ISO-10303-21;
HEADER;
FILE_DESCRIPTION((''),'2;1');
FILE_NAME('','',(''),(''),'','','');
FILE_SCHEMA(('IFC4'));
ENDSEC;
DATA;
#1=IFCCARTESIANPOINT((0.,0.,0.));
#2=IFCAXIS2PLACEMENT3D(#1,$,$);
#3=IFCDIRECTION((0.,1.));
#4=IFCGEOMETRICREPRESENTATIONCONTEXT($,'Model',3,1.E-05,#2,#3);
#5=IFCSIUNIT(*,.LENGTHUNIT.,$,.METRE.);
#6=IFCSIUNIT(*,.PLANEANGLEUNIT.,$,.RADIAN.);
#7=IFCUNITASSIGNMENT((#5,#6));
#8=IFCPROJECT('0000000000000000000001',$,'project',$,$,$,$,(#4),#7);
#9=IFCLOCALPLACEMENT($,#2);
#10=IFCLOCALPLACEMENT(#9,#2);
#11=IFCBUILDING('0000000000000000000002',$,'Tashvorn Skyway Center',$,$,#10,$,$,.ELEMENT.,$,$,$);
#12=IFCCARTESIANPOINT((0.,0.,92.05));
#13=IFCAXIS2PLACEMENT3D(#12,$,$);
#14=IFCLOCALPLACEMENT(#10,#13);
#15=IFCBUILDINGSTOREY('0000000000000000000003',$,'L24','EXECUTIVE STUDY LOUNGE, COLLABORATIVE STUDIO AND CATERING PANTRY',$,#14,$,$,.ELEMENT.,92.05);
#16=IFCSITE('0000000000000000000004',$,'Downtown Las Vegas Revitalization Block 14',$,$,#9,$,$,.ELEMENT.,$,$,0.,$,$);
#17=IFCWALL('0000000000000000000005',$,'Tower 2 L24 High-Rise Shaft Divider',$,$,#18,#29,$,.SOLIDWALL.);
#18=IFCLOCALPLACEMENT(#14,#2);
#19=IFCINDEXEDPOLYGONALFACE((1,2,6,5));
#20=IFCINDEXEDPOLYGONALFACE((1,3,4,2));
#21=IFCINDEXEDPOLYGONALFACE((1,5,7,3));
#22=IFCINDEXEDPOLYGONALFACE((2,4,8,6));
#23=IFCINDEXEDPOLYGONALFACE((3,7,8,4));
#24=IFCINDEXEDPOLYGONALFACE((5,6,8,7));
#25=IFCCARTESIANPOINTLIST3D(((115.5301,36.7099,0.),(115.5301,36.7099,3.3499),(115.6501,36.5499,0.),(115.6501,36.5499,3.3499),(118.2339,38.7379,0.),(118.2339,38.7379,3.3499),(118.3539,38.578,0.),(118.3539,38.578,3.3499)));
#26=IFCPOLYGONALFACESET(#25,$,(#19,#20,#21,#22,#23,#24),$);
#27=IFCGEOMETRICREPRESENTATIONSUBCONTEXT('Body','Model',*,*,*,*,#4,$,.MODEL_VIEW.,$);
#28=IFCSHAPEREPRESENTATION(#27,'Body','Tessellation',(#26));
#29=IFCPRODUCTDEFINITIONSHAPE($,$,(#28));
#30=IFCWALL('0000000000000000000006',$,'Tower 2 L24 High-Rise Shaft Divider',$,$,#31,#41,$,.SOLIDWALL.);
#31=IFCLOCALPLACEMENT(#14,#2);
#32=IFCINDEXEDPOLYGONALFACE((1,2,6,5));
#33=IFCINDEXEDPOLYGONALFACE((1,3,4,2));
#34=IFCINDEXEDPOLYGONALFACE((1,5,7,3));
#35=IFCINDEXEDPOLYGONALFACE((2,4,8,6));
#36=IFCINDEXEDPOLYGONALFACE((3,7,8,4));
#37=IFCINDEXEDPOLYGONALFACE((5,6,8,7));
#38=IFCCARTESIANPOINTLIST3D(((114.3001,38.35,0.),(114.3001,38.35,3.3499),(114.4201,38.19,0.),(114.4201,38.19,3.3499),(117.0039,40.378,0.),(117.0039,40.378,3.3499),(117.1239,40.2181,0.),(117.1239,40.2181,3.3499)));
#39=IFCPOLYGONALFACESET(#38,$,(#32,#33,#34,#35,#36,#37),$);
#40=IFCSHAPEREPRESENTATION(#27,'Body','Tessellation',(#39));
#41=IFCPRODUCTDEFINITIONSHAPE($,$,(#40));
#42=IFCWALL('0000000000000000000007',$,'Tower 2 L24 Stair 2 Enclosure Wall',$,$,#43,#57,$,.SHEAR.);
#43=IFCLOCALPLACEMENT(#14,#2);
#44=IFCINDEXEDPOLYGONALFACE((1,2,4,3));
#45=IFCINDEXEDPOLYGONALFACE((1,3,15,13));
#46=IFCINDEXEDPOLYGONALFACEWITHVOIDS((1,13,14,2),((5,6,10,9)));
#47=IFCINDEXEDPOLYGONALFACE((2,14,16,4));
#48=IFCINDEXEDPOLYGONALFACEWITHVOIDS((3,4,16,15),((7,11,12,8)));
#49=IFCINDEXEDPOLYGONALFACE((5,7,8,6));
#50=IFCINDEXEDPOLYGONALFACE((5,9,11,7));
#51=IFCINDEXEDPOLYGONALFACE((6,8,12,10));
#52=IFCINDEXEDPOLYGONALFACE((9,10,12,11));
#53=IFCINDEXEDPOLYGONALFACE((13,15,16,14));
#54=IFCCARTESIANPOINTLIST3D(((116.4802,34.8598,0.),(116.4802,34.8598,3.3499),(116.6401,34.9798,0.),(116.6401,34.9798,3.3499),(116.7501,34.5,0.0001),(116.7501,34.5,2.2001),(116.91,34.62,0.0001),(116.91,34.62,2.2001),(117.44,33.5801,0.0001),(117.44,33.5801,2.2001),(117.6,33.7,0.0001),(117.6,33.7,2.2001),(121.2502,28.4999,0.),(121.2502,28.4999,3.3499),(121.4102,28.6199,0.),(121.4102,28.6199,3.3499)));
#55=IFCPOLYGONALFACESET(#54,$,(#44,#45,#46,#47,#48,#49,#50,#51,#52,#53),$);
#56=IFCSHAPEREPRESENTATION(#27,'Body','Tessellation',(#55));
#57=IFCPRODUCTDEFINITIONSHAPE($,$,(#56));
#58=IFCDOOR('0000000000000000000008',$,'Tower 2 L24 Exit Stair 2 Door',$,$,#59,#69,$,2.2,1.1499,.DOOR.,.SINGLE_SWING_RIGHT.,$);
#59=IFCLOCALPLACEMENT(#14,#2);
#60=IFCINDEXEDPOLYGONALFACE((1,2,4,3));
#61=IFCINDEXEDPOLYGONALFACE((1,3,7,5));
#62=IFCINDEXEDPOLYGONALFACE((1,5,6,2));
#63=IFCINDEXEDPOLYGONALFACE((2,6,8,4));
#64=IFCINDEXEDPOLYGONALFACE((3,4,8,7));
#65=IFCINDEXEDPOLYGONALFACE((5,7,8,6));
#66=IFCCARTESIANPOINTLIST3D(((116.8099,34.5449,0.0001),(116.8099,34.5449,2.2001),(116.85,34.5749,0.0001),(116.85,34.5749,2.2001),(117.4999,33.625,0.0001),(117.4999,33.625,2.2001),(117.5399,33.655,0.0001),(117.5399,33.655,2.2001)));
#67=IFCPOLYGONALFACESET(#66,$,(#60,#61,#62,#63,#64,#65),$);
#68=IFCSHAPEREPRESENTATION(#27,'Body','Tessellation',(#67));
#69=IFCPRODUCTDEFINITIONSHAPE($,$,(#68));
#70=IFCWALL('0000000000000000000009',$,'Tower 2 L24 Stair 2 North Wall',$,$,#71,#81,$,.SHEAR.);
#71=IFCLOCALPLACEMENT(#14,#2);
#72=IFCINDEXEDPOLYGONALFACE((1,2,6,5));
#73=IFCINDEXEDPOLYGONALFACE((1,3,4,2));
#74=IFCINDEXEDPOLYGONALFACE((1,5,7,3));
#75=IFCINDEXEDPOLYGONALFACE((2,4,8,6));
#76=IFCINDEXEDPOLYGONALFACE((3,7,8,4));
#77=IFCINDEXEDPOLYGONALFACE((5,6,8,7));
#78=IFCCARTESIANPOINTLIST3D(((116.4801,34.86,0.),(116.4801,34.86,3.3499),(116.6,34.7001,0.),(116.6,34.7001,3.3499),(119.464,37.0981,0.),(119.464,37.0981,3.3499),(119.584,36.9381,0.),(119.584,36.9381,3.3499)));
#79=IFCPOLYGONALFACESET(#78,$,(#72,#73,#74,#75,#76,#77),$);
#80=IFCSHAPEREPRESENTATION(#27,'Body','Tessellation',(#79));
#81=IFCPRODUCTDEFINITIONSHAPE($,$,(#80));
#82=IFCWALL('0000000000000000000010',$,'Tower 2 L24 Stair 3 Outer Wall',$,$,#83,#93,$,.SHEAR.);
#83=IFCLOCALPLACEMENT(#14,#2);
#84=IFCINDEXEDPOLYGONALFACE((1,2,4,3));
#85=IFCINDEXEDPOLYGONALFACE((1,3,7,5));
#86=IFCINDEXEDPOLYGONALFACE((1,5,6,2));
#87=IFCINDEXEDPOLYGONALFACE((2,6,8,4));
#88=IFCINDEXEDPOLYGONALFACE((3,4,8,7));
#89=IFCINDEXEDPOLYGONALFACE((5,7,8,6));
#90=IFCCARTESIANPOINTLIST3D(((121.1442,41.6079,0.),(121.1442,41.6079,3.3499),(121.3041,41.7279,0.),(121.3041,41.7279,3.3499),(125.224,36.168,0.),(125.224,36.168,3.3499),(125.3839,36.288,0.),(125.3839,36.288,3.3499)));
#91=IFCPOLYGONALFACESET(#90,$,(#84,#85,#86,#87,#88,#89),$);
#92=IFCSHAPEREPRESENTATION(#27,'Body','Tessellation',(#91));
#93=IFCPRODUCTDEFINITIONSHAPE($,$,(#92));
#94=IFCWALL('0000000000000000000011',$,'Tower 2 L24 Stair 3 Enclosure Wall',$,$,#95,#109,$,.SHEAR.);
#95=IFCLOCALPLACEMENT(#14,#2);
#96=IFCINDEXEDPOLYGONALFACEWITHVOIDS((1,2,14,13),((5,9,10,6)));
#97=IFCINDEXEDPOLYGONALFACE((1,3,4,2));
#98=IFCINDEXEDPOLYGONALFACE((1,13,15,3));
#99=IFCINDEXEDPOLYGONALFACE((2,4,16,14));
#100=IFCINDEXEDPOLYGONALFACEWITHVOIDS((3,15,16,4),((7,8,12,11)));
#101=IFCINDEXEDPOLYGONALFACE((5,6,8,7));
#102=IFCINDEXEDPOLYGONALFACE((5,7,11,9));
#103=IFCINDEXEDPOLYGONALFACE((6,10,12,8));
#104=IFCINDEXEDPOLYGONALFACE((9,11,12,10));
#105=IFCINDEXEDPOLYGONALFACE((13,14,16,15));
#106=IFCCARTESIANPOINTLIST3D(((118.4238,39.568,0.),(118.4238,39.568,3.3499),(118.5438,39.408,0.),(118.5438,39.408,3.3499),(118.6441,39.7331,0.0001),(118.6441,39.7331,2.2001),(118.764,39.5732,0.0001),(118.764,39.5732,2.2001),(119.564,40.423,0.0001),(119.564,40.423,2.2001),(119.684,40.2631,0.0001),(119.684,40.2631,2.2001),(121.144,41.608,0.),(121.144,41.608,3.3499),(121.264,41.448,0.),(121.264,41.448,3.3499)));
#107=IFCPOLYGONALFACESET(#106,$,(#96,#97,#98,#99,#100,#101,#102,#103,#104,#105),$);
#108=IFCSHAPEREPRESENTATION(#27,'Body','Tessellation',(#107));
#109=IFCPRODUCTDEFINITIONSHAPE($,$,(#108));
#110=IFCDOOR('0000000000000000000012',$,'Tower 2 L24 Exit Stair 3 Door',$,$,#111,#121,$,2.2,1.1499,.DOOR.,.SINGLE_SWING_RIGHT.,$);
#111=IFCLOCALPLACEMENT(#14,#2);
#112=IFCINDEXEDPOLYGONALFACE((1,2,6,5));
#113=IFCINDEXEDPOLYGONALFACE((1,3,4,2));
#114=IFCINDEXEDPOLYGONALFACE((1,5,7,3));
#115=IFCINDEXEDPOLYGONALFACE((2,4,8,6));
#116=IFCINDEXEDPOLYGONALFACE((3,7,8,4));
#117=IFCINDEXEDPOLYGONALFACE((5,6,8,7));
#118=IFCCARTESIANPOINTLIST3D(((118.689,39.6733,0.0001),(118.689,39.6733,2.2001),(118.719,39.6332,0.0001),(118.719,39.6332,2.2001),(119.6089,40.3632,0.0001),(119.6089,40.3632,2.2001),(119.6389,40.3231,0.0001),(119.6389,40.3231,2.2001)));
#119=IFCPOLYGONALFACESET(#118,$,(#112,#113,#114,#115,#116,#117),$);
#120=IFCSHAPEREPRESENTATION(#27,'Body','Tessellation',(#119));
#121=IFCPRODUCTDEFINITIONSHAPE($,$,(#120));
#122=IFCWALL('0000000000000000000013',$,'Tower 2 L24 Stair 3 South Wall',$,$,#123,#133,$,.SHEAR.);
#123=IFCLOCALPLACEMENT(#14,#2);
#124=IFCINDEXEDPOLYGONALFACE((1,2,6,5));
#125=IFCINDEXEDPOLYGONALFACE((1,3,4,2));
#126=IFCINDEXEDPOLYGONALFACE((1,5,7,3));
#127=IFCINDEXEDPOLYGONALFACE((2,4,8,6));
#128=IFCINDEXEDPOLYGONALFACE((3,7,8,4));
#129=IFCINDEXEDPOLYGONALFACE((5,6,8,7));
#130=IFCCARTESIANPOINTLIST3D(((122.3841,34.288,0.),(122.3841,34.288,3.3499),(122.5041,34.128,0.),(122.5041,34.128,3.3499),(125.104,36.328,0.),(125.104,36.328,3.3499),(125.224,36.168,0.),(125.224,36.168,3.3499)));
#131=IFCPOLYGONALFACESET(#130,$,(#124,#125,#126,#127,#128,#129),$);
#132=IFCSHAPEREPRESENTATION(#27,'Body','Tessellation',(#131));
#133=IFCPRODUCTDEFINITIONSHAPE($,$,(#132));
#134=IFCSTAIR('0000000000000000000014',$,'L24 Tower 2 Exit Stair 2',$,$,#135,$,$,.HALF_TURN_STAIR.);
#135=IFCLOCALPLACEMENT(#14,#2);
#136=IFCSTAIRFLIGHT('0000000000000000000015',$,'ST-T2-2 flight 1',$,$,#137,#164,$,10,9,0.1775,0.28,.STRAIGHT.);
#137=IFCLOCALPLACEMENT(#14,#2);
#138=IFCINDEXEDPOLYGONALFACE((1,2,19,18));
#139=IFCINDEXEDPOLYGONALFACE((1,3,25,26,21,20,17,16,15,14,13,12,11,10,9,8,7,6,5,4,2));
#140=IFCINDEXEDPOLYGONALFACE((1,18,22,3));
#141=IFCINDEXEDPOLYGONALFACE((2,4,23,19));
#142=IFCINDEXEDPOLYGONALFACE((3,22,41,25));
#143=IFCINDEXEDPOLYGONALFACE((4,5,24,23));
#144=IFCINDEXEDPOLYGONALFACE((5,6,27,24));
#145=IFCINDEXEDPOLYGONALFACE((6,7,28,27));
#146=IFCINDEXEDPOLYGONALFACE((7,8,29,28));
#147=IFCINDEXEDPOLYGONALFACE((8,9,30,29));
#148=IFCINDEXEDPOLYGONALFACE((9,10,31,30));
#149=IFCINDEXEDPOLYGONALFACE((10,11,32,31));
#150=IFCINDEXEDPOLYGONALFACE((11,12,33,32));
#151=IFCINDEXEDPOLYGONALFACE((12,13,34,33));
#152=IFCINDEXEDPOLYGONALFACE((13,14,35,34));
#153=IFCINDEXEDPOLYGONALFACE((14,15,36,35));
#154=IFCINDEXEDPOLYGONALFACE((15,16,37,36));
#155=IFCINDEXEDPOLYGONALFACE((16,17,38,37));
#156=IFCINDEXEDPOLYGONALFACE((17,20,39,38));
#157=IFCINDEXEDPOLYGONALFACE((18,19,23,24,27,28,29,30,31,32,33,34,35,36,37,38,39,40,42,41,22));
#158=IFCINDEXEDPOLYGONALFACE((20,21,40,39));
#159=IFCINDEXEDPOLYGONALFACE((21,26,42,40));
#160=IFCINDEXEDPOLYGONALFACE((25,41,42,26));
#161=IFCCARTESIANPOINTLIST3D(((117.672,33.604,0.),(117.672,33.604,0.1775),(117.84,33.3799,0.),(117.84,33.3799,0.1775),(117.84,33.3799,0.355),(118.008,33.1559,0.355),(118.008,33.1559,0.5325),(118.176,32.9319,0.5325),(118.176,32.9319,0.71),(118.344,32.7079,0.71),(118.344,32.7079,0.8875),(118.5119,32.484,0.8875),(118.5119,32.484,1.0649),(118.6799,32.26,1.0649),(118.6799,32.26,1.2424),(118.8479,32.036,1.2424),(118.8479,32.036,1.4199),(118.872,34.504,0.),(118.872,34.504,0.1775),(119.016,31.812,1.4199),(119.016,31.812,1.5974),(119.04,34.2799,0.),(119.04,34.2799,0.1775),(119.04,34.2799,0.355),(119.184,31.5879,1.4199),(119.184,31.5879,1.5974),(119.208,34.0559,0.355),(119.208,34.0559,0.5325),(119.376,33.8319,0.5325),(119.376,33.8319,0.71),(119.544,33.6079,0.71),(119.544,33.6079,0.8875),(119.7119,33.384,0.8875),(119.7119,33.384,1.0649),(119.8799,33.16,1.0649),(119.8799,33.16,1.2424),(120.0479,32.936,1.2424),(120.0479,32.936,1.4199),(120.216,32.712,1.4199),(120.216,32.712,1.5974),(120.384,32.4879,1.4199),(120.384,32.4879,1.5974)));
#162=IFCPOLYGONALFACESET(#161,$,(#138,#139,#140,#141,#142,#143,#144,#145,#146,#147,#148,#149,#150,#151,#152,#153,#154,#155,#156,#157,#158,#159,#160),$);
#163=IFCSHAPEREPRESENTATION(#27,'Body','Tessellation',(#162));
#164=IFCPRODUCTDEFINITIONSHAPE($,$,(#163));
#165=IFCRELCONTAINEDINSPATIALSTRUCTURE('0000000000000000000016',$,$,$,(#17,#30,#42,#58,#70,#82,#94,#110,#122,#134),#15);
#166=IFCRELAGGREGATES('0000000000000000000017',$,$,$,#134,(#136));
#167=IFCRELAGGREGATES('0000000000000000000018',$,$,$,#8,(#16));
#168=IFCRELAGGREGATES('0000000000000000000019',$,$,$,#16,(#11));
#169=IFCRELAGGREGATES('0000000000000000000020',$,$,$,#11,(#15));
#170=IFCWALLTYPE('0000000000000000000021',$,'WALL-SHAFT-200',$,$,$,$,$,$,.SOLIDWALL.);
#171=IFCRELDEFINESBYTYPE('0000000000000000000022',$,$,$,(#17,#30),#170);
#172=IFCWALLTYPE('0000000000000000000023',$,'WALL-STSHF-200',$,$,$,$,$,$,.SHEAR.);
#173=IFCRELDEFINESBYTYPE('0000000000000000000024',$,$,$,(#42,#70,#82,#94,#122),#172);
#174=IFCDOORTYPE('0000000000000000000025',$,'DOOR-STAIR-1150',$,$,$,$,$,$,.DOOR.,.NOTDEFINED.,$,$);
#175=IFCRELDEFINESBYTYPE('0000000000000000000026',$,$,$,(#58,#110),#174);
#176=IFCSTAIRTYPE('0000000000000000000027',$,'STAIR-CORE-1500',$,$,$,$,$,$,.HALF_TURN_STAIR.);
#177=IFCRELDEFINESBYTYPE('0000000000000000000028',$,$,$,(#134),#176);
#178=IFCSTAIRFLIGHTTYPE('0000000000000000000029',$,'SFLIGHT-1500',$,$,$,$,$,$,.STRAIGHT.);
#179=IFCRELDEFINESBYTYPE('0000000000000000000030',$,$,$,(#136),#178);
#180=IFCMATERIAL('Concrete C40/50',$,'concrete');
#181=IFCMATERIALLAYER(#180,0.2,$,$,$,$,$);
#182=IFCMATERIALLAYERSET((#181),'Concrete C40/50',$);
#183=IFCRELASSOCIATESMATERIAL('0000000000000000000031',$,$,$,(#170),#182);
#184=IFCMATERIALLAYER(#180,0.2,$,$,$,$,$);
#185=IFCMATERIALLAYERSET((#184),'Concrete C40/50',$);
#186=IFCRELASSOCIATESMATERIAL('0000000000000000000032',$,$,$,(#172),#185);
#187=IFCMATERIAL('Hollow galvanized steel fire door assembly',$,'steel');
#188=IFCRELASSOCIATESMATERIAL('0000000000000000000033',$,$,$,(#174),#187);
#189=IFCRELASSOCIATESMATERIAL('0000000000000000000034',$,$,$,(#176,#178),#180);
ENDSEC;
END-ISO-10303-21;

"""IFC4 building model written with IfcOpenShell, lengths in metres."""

from ifc_helpers import new_model, si_unit, direction, frame, frame_2d, origin, place, context, subcontext, project, spatial, polyline, rectangle, outline, extrude, material, layer, layer_set, type_object, element, fill, aggregate, save


model = new_model("IFC4")

# Units and contexts
model_context = context("Model", 3, precision=1e-05, world=origin(), true_north=direction((0.0, 1.0)))
body_context = subcontext(model_context, "Body", "Model", "MODEL_VIEW")
ifc_project = project(units=[si_unit("LENGTHUNIT", "METRE"), si_unit("PLANEANGLEUNIT", "RADIAN")], contexts=[model_context])

# Site, building, storey
site_placement = place(None, origin())
site = spatial("IfcSite", under=ifc_project, at=site_placement, Name="Downtown Las Vegas Revitalization Block 14", CompositionType="ELEMENT", RefElevation=0.0)
building_placement = place(site_placement, origin())
building = spatial("IfcBuilding", under=site, at=building_placement, Name="Tashvorn Skyway Center", CompositionType="ELEMENT")
storey_placement = place(building_placement, frame((0.0, 0.0, 92.05)))
storey = spatial("IfcBuildingStorey", under=building, at=storey_placement, Name="L24", Description="EXECUTIVE STUDY LOUNGE, COLLABORATIVE STUDIO AND CATERING PANTRY", CompositionType="ELEMENT", Elevation=92.05)

# Walls
ifc_material_1 = material(Name="Concrete C40/50", Category="concrete")
ifc_layer_1 = layer(ifc_material_1, 0.2)
ifc_layer_set_1 = layer_set([ifc_layer_1], Name="Concrete C40/50")
wall_type_1 = type_object("IfcWallType", Name="WALL-SHAFT-200", PredefinedType="SOLIDWALL", material=ifc_layer_set_1)
for number, where, z_axis, x_axis, name in (
    (1, (115.5901, 36.6299, 0.0), (0.0, 0.0, 1.0), (0.799974, 0.600035, 0.0), "Tower 2 L24 High-Rise Shaft Divider"),
    (2, (114.3601, 38.27, 0.0), (0.0, 0.0, 1.0), (0.799974, 0.600035, 0.0), "Tower 2 L24 High-Rise Shaft Divider"),
):
    element("IfcWall", number, at=place(storey_placement, frame(where, z_axis=z_axis, x_axis=x_axis)), inside=storey, type_object=wall_type_1, Name=name, PredefinedType="SOLIDWALL", context=body_context, shape_type="SweptSolid", body=[
        extrude(rectangle(XDim=3.3799, YDim=0.2, at=frame_2d((1.6899, 0.0))), origin(), (0.0, 0.0, 1.0), 3.3499),
    ])

# Wall, opening, door
ifc_layer_2 = layer(ifc_material_1, 0.2)
ifc_layer_set_2 = layer_set([ifc_layer_2], Name="Concrete C40/50")
wall_type_2 = type_object("IfcWallType", Name="WALL-STSHF-200", PredefinedType="SHEAR", material=ifc_layer_set_2)
wall_1_placement = place(storey_placement, frame((116.5601, 34.9199, 0.0), z_axis=(0.0, 0.0, 1.0), x_axis=(0.60001, -0.799993, 0.0)))
wall_1 = element("IfcWall", 3, at=wall_1_placement, inside=storey, type_object=wall_type_2, Name="Tower 2 L24 Stair 2 Enclosure Wall", PredefinedType="SHEAR", context=body_context, shape_type="SweptSolid", body=[
    extrude(rectangle(XDim=7.95, YDim=0.2, at=frame_2d((3.9751, 0.0))), origin(), (0.0, 0.0, 1.0), 3.3499),
])
opening_1_placement = place(wall_1_placement, frame((0.45, 0.0, 0.0)))
opening_1 = element("IfcOpeningElement", 4, at=opening_1_placement, cuts=wall_1, PredefinedType="OPENING", context=body_context, shape_type="SweptSolid", body=[
    extrude(rectangle(XDim=1.1499, YDim=2.2, at=frame_2d((0.575, 1.1001))), frame((0.0, 0.1099, 0.0), z_axis=(0.0, -1.0, 0.0), x_axis=(1.0, 0.0, 0.0)), (0.0, 0.0, 1.0), 0.22),
])
ifc_material_2 = material(Name="Hollow galvanized steel fire door assembly", Category="steel")
door_type = type_object("IfcDoorType", Name="DOOR-STAIR-1150", OperationType="NOTDEFINED", PredefinedType="DOOR", material=ifc_material_2)
door_1_placement = place(opening_1_placement, origin())
door_1 = element("IfcDoor", 5, at=door_1_placement, inside=storey, type_object=door_type, Name="Tower 2 L24 Exit Stair 2 Door", OperationType="SINGLE_SWING_RIGHT", OverallHeight=2.2, OverallWidth=1.1499, PredefinedType="DOOR", context=body_context, shape_type="SweptSolid", body=[
    extrude(rectangle(XDim=1.1499, YDim=2.2, at=frame_2d((0.575, 1.1001))), frame((0.0, 0.0249, 0.0), z_axis=(0.0, -1.0, 0.0), x_axis=(1.0, 0.0, 0.0)), (0.0, 0.0, 1.0), 0.05),
])
fill(opening_1, door_1)

# Walls
wall_2_placement = place(storey_placement, frame((116.54, 34.78, 0.0), z_axis=(0.0, 0.0, 1.0), x_axis=(0.799984, 0.600021, 0.0)))
element("IfcWall", 6, at=wall_2_placement, inside=storey, type_object=wall_type_2, Name="Tower 2 L24 Stair 2 North Wall", PredefinedType="SHEAR", context=body_context, shape_type="SweptSolid", body=[
    extrude(rectangle(XDim=3.73, YDim=0.2, at=frame_2d((1.865, 0.0))), origin(), (0.0, 0.0, 1.0), 3.3499),
])
wall_3_placement = place(storey_placement, frame((125.304, 36.228, 0.0), z_axis=(0.0, 0.0, 1.0), x_axis=(-0.599989, 0.800009, 0.0)))
element("IfcWall", 7, at=wall_3_placement, inside=storey, type_object=wall_type_2, Name="Tower 2 L24 Stair 3 Outer Wall", PredefinedType="SHEAR", context=body_context, shape_type="SweptSolid", body=[
    extrude(rectangle(XDim=6.7998, YDim=0.2, at=frame_2d((3.3999, 0.0))), origin(), (0.0, 0.0, 1.0), 3.3499),
])

# Wall, opening, door
wall_4_placement = place(storey_placement, frame((121.2041, 41.5281, 0.0), z_axis=(0.0, 0.0, 1.0), x_axis=(-0.800017, -0.599977, 0.0)))
wall_4 = element("IfcWall", 8, at=wall_4_placement, inside=storey, type_object=wall_type_2, Name="Tower 2 L24 Stair 3 Enclosure Wall", PredefinedType="SHEAR", context=body_context, shape_type="SweptSolid", body=[
    extrude(rectangle(XDim=3.4001, YDim=0.2, at=frame_2d((1.7002, 0.0))), origin(), (0.0, 0.0, 1.0), 3.3499),
])
opening_2_placement = place(wall_4_placement, frame((1.9751, 0.0, 0.0)))
opening_2 = element("IfcOpeningElement", 9, at=opening_2_placement, cuts=wall_4, PredefinedType="OPENING", context=body_context, shape_type="SweptSolid", body=[
    extrude(rectangle(XDim=1.1499, YDim=2.2, at=frame_2d((0.575, 1.1001))), frame((0.0, 0.1099, 0.0), z_axis=(0.0, -1.0, 0.0), x_axis=(1.0, 0.0, 0.0)), (0.0, 0.0, 1.0), 0.22),
])
door_2_placement = place(opening_2_placement, origin())
door_2 = element("IfcDoor", 10, at=door_2_placement, inside=storey, type_object=door_type, Name="Tower 2 L24 Exit Stair 3 Door", OperationType="SINGLE_SWING_RIGHT", OverallHeight=2.2, OverallWidth=1.1499, PredefinedType="DOOR", context=body_context, shape_type="SweptSolid", body=[
    extrude(rectangle(XDim=1.1499, YDim=2.2, at=frame_2d((0.575, 1.1001))), frame((0.0, 0.0249, 0.0), z_axis=(0.0, -1.0, 0.0), x_axis=(1.0, 0.0, 0.0)), (0.0, 0.0, 1.0), 0.05),
])
fill(opening_2, door_2)

# Wall
wall_5_placement = place(storey_placement, frame((122.4441, 34.208, 0.0), z_axis=(0.0, 0.0, 1.0), x_axis=(0.799991, 0.600011, 0.0)))
element("IfcWall", 11, at=wall_5_placement, inside=storey, type_object=wall_type_2, Name="Tower 2 L24 Stair 3 South Wall", PredefinedType="SHEAR", context=body_context, shape_type="SweptSolid", body=[
    extrude(rectangle(XDim=3.3999, YDim=0.2, at=frame_2d((1.7, 0.0))), origin(), (0.0, 0.0, 1.0), 3.3499),
])

# Stair, stair flight
stair_type = type_object("IfcStairType", Name="STAIR-CORE-1500", PredefinedType="HALF_TURN_STAIR", material=ifc_material_1)
stair_1_placement = place(storey_placement, origin())
stair_1 = element("IfcStair", 12, at=stair_1_placement, inside=storey, type_object=stair_type, Name="L24 Tower 2 Exit Stair 2", PredefinedType="HALF_TURN_STAIR")
stair_flight_type = type_object("IfcStairFlightType", Name="SFLIGHT-1500", PredefinedType="STRAIGHT", material=ifc_material_1)
stair_flight_1_placement = place(storey_placement, frame((118.272, 34.054, 0.0), z_axis=(0.0, 0.0, 1.0), x_axis=(0.6, -0.8, 0.0)))
stair_flight_1 = element("IfcStairFlight", 13, at=stair_flight_1_placement, type_object=stair_flight_type, Name="ST-T2-2 flight 1", NumberOfRisers=10, NumberOfTreads=9, PredefinedType="STRAIGHT", RiserHeight=0.1775, TreadLength=0.28, context=body_context, shape_type="SweptSolid", body=[
    extrude(outline(polyline([(0.0, 0.0), (0.0, 0.1775), (0.28, 0.1775), (0.28, 0.355), (0.5601, 0.355), (0.5601, 0.5325), (0.8401, 0.5325), (0.8401, 0.71), (1.1201, 0.71), (1.1201, 0.8875), (1.3999, 0.8875), (1.3999, 1.0649), (1.6799, 1.0649), (1.6799, 1.2424), (1.96, 1.2424), (1.96, 1.4199), (2.24, 1.4199), (2.24, 1.5974), (2.52, 1.5974), (2.52, 1.7749), (2.52, 1.4199), (0.28, 0.0), (0.0, 0.0)])), frame((0.0, 0.75, 0.0), z_axis=(0.0, -1.0, 0.0), x_axis=(1.0, 0.0, 0.0)), (0.0, 0.0, 1.0), 1.5),
])
aggregate(stair_1, [stair_flight_1])

save(model, "model.ifc")
